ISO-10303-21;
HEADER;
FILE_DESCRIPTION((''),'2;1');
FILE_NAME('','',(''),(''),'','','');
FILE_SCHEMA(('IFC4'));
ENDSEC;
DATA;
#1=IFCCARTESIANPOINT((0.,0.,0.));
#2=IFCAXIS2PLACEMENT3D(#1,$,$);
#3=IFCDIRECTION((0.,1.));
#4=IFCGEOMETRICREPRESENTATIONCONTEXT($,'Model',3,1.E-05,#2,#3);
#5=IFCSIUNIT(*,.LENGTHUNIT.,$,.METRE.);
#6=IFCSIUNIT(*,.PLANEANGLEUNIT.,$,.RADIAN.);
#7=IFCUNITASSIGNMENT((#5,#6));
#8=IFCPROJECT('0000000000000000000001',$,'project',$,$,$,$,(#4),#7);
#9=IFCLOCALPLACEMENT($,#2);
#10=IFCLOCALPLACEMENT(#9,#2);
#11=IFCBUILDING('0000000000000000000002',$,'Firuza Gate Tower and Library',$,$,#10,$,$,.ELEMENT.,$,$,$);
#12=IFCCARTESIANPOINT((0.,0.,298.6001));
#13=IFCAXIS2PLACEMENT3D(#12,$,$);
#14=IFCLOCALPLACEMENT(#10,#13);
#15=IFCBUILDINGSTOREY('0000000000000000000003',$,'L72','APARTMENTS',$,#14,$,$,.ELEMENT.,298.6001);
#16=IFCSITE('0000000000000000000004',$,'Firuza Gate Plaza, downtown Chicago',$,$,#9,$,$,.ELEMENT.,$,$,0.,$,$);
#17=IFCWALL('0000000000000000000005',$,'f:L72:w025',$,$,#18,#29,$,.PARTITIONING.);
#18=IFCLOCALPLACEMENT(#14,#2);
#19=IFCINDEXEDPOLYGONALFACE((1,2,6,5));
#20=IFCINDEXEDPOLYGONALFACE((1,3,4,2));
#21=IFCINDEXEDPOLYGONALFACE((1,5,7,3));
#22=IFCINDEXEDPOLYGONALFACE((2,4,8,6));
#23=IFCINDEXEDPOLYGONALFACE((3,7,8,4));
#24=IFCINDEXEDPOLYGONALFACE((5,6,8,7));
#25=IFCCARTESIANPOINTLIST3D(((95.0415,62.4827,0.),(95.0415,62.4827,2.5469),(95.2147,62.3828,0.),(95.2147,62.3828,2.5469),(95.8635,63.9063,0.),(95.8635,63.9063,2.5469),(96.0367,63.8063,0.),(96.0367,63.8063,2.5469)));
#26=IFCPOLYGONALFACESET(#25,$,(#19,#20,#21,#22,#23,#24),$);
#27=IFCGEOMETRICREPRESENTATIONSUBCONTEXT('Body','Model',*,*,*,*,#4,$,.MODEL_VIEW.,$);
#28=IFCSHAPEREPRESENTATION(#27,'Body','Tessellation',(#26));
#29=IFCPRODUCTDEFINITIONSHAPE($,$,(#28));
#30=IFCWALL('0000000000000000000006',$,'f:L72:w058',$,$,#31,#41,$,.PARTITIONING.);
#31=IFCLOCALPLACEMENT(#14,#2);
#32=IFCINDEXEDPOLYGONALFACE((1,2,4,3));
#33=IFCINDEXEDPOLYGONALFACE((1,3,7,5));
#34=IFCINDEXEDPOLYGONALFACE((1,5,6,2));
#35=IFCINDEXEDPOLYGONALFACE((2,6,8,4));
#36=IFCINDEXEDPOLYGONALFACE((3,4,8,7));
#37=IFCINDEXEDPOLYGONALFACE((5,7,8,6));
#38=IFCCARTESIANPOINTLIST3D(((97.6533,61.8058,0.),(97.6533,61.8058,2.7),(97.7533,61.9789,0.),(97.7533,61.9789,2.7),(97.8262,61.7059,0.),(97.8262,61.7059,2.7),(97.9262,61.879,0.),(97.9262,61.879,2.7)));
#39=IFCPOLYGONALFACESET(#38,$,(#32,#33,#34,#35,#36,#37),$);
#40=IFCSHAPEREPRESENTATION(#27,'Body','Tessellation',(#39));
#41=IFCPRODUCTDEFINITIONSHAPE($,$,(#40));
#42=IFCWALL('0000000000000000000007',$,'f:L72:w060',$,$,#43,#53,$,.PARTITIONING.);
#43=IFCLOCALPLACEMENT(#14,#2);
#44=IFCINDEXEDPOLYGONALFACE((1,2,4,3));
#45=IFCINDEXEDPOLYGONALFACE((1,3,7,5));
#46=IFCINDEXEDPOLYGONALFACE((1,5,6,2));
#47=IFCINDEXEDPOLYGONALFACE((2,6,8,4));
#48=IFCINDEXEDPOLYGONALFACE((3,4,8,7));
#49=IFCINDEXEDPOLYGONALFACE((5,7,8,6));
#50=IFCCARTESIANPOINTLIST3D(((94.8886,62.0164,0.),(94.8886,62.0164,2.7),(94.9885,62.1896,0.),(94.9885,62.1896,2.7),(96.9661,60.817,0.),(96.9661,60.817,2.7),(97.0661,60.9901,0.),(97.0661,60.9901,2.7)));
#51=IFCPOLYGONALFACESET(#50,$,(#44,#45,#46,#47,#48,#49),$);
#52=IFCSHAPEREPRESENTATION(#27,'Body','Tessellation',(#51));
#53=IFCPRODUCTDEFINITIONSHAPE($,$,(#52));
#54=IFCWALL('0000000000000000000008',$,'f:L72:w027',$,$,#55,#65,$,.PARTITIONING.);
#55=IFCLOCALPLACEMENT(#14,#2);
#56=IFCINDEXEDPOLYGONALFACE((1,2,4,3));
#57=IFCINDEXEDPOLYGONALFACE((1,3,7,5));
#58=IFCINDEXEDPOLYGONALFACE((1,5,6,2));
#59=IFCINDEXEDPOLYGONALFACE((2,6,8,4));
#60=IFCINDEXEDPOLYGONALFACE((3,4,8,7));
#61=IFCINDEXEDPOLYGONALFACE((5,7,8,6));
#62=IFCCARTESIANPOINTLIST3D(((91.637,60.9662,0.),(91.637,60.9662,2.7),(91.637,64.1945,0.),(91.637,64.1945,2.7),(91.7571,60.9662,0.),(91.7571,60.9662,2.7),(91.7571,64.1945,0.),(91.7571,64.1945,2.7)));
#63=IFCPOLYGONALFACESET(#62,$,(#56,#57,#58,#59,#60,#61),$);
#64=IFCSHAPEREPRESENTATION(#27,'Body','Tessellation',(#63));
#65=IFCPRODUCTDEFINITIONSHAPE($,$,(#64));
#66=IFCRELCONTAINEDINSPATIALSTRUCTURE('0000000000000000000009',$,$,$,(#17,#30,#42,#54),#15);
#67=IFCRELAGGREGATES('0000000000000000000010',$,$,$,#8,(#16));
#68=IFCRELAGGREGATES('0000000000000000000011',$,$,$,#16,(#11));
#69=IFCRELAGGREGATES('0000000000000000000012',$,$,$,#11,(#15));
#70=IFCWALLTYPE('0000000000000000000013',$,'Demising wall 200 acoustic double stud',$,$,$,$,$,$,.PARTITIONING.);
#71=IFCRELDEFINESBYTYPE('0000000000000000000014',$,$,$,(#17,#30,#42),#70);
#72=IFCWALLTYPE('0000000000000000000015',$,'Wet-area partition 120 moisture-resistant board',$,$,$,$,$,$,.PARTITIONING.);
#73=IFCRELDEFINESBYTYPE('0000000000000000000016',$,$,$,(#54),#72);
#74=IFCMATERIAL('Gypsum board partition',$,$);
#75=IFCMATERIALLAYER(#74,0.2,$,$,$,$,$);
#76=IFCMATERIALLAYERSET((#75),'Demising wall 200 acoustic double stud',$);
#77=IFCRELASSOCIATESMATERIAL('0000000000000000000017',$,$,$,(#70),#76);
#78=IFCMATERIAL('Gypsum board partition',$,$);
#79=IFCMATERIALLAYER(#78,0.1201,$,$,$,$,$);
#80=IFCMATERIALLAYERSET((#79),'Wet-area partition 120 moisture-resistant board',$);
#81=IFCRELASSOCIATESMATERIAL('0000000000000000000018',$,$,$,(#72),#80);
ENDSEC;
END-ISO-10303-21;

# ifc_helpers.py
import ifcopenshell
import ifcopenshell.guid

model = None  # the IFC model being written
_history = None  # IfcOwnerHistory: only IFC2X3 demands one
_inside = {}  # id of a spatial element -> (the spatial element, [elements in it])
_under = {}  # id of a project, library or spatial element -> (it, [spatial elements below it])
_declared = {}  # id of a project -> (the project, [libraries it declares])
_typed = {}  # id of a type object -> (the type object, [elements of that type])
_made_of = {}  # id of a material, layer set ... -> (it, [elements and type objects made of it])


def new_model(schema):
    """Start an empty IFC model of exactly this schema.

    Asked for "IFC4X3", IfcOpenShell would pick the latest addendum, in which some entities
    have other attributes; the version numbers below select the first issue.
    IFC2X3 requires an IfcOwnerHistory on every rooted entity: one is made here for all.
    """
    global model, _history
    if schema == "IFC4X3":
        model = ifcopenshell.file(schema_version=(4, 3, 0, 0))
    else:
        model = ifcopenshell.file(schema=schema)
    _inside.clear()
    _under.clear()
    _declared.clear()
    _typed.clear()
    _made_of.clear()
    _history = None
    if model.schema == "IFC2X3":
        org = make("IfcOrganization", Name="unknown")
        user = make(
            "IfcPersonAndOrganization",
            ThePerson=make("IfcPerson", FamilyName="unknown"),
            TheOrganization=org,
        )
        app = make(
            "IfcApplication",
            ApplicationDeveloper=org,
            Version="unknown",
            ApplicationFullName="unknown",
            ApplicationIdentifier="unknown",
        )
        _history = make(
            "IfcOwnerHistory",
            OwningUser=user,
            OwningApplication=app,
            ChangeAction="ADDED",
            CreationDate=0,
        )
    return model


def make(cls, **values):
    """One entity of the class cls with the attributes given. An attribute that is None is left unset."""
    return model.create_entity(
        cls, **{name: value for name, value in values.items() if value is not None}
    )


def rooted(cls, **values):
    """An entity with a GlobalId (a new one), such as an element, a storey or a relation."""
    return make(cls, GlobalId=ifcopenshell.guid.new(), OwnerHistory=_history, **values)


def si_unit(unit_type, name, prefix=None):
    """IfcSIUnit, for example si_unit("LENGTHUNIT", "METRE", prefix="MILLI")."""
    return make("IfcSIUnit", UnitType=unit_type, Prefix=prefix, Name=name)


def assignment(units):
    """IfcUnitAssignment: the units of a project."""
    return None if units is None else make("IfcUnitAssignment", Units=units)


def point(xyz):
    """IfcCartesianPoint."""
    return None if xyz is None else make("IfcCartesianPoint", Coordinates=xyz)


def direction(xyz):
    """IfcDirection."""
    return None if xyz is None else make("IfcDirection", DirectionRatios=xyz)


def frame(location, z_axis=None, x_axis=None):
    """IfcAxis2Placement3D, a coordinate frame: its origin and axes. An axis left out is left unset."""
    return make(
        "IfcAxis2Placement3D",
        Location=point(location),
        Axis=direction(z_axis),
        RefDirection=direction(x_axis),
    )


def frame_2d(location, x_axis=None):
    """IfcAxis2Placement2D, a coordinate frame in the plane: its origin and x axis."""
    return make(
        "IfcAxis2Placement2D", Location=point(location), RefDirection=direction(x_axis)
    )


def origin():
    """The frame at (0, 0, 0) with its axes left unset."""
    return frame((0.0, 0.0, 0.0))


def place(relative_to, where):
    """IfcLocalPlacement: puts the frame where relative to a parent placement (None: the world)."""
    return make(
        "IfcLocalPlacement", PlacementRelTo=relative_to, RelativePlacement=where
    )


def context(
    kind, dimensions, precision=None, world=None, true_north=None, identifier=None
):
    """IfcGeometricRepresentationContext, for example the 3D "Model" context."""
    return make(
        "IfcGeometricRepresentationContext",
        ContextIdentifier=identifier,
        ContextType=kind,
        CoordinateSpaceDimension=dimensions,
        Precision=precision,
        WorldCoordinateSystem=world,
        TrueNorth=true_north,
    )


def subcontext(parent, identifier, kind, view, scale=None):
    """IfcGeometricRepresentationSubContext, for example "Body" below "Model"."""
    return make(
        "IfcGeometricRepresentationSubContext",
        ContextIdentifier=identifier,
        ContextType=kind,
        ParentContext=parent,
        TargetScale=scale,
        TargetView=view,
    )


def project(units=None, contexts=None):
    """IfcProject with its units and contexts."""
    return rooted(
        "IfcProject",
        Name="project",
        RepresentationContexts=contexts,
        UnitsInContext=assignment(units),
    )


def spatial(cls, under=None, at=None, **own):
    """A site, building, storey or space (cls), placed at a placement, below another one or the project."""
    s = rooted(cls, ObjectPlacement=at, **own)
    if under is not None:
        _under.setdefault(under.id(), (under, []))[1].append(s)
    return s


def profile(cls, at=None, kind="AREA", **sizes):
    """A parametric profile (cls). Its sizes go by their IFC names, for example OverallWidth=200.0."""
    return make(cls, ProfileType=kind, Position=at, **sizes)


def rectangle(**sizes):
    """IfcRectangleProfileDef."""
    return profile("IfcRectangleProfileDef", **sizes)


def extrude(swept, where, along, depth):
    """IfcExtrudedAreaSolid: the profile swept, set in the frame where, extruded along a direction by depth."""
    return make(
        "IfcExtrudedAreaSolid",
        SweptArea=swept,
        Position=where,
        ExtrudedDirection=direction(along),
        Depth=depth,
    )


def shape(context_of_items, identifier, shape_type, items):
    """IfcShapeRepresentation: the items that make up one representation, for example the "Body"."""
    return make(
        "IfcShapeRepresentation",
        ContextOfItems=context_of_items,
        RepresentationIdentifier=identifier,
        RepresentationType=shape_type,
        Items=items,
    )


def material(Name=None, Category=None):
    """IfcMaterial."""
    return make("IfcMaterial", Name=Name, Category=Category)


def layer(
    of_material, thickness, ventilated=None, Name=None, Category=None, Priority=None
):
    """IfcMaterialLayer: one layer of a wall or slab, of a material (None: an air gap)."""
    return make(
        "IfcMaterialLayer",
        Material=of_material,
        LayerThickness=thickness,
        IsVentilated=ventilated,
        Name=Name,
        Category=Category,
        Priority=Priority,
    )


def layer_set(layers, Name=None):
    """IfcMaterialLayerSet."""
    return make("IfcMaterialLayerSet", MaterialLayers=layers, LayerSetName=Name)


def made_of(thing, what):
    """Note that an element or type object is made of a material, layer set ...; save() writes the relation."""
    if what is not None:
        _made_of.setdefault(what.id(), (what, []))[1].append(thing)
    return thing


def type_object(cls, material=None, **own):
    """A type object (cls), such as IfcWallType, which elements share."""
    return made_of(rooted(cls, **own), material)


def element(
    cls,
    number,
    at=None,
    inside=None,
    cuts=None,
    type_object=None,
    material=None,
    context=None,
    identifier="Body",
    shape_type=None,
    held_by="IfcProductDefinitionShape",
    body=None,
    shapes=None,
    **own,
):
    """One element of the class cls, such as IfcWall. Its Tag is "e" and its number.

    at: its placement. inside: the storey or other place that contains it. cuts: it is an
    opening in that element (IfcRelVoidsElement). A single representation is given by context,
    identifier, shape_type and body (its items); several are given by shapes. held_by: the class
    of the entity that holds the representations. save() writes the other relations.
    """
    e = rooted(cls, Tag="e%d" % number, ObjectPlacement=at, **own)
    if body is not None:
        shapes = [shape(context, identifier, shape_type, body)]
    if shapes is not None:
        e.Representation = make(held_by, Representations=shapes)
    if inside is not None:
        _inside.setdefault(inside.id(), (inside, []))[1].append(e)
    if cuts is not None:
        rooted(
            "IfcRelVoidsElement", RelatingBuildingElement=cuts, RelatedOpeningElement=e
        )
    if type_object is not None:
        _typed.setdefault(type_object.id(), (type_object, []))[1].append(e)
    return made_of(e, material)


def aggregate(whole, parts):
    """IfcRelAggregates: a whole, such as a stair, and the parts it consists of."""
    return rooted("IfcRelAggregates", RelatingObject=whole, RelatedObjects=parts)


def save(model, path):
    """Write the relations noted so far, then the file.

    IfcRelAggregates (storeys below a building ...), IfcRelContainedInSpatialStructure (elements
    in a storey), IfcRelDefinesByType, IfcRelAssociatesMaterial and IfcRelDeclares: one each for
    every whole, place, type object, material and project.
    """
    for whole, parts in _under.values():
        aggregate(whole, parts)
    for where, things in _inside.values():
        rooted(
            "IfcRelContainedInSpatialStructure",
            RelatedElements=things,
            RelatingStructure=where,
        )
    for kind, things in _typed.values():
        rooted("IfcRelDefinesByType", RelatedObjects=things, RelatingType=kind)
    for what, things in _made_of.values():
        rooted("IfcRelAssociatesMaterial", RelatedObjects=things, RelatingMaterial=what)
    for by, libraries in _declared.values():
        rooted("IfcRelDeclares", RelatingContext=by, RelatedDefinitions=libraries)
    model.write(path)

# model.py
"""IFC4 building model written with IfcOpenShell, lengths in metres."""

from ifc_helpers import new_model, si_unit, direction, frame, frame_2d, origin, place, context, subcontext, project, spatial, rectangle, extrude, material, layer, layer_set, type_object, element, save


model = new_model("IFC4")

# Units and contexts
model_context = context("Model", 3, precision=1e-05, world=origin(), true_north=direction((0.0, 1.0)))
body_context = subcontext(model_context, "Body", "Model", "MODEL_VIEW")
ifc_project = project(units=[si_unit("LENGTHUNIT", "METRE"), si_unit("PLANEANGLEUNIT", "RADIAN")], contexts=[model_context])

# Site, building, storey
site_placement = place(None, origin())
site = spatial("IfcSite", under=ifc_project, at=site_placement, Name="Firuza Gate Plaza, downtown Chicago", CompositionType="ELEMENT", RefElevation=0.0)
building_placement = place(site_placement, origin())
building = spatial("IfcBuilding", under=site, at=building_placement, Name="Firuza Gate Tower and Library", CompositionType="ELEMENT")
storey_placement = place(building_placement, frame((0.0, 0.0, 298.6001)))
storey = spatial("IfcBuildingStorey", under=building, at=storey_placement, Name="L72", Description="APARTMENTS", CompositionType="ELEMENT", Elevation=298.6001)

# Walls
ifc_material_1 = material(Name="Gypsum board partition")
ifc_layer_1 = layer(ifc_material_1, 0.2)
ifc_layer_set_1 = layer_set([ifc_layer_1], Name="Demising wall 200 acoustic double stud")
wall_type_1 = type_object("IfcWallType", Name="Demising wall 200 acoustic double stud", PredefinedType="PARTITIONING", material=ifc_layer_set_1)
wall_1_placement = place(storey_placement, frame((95.1282, 62.4329, 0.0), z_axis=(0.0, 0.0, 1.0), x_axis=(0.500052, 0.865995, 0.0)))
element("IfcWall", 1, at=wall_1_placement, inside=storey, type_object=wall_type_1, Name="f:L72:w025", PredefinedType="PARTITIONING", context=body_context, shape_type="SweptSolid", body=[
    extrude(rectangle(XDim=1.6438, YDim=0.2, at=frame_2d((0.8218, 0.0))), origin(), (0.0, 0.0, 1.0), 2.5469),
])
wall_2_placement = place(storey_placement, frame((97.8762, 61.7925, 0.0), z_axis=(0.0, 0.0, 1.0), x_axis=(-0.8659, 0.500216, 0.0)))
element("IfcWall", 2, at=wall_2_placement, inside=storey, type_object=wall_type_1, Name="f:L72:w058", PredefinedType="PARTITIONING", context=body_context, shape_type="SweptSolid", body=[
    extrude(rectangle(XDim=0.1997, YDim=0.2, at=frame_2d((0.0999, 0.0))), origin(), (0.0, 0.0, 1.0), 2.7),
])
wall_3_placement = place(storey_placement, frame((97.0161, 60.9036, 0.0), z_axis=(0.0, 0.0, 1.0), x_axis=(-0.866036, 0.499981, 0.0)))
element("IfcWall", 3, at=wall_3_placement, inside=storey, type_object=wall_type_1, Name="f:L72:w060", PredefinedType="PARTITIONING", context=body_context, shape_type="SweptSolid", body=[
    extrude(rectangle(XDim=2.3989, YDim=0.2, at=frame_2d((1.1995, 0.0))), origin(), (0.0, 0.0, 1.0), 2.7),
])
ifc_material_2 = material(Name="Gypsum board partition")
ifc_layer_2 = layer(ifc_material_2, 0.1201)
ifc_layer_set_2 = layer_set([ifc_layer_2], Name="Wet-area partition 120 moisture-resistant board")
wall_type_2 = type_object("IfcWallType", Name="Wet-area partition 120 moisture-resistant board", PredefinedType="PARTITIONING", material=ifc_layer_set_2)
wall_4_placement = place(storey_placement, frame((91.697, 60.9661, 0.0), z_axis=(0.0, 0.0, 1.0), x_axis=(0.0, 1.0, 0.0)))
element("IfcWall", 4, at=wall_4_placement, inside=storey, type_object=wall_type_2, Name="f:L72:w027", PredefinedType="PARTITIONING", context=body_context, shape_type="SweptSolid", body=[
    extrude(rectangle(XDim=3.2283, YDim=0.1201, at=frame_2d((1.6143, 0.0))), origin(), (0.0, 0.0, 1.0), 2.7),
])

save(model, "model.ifc")
